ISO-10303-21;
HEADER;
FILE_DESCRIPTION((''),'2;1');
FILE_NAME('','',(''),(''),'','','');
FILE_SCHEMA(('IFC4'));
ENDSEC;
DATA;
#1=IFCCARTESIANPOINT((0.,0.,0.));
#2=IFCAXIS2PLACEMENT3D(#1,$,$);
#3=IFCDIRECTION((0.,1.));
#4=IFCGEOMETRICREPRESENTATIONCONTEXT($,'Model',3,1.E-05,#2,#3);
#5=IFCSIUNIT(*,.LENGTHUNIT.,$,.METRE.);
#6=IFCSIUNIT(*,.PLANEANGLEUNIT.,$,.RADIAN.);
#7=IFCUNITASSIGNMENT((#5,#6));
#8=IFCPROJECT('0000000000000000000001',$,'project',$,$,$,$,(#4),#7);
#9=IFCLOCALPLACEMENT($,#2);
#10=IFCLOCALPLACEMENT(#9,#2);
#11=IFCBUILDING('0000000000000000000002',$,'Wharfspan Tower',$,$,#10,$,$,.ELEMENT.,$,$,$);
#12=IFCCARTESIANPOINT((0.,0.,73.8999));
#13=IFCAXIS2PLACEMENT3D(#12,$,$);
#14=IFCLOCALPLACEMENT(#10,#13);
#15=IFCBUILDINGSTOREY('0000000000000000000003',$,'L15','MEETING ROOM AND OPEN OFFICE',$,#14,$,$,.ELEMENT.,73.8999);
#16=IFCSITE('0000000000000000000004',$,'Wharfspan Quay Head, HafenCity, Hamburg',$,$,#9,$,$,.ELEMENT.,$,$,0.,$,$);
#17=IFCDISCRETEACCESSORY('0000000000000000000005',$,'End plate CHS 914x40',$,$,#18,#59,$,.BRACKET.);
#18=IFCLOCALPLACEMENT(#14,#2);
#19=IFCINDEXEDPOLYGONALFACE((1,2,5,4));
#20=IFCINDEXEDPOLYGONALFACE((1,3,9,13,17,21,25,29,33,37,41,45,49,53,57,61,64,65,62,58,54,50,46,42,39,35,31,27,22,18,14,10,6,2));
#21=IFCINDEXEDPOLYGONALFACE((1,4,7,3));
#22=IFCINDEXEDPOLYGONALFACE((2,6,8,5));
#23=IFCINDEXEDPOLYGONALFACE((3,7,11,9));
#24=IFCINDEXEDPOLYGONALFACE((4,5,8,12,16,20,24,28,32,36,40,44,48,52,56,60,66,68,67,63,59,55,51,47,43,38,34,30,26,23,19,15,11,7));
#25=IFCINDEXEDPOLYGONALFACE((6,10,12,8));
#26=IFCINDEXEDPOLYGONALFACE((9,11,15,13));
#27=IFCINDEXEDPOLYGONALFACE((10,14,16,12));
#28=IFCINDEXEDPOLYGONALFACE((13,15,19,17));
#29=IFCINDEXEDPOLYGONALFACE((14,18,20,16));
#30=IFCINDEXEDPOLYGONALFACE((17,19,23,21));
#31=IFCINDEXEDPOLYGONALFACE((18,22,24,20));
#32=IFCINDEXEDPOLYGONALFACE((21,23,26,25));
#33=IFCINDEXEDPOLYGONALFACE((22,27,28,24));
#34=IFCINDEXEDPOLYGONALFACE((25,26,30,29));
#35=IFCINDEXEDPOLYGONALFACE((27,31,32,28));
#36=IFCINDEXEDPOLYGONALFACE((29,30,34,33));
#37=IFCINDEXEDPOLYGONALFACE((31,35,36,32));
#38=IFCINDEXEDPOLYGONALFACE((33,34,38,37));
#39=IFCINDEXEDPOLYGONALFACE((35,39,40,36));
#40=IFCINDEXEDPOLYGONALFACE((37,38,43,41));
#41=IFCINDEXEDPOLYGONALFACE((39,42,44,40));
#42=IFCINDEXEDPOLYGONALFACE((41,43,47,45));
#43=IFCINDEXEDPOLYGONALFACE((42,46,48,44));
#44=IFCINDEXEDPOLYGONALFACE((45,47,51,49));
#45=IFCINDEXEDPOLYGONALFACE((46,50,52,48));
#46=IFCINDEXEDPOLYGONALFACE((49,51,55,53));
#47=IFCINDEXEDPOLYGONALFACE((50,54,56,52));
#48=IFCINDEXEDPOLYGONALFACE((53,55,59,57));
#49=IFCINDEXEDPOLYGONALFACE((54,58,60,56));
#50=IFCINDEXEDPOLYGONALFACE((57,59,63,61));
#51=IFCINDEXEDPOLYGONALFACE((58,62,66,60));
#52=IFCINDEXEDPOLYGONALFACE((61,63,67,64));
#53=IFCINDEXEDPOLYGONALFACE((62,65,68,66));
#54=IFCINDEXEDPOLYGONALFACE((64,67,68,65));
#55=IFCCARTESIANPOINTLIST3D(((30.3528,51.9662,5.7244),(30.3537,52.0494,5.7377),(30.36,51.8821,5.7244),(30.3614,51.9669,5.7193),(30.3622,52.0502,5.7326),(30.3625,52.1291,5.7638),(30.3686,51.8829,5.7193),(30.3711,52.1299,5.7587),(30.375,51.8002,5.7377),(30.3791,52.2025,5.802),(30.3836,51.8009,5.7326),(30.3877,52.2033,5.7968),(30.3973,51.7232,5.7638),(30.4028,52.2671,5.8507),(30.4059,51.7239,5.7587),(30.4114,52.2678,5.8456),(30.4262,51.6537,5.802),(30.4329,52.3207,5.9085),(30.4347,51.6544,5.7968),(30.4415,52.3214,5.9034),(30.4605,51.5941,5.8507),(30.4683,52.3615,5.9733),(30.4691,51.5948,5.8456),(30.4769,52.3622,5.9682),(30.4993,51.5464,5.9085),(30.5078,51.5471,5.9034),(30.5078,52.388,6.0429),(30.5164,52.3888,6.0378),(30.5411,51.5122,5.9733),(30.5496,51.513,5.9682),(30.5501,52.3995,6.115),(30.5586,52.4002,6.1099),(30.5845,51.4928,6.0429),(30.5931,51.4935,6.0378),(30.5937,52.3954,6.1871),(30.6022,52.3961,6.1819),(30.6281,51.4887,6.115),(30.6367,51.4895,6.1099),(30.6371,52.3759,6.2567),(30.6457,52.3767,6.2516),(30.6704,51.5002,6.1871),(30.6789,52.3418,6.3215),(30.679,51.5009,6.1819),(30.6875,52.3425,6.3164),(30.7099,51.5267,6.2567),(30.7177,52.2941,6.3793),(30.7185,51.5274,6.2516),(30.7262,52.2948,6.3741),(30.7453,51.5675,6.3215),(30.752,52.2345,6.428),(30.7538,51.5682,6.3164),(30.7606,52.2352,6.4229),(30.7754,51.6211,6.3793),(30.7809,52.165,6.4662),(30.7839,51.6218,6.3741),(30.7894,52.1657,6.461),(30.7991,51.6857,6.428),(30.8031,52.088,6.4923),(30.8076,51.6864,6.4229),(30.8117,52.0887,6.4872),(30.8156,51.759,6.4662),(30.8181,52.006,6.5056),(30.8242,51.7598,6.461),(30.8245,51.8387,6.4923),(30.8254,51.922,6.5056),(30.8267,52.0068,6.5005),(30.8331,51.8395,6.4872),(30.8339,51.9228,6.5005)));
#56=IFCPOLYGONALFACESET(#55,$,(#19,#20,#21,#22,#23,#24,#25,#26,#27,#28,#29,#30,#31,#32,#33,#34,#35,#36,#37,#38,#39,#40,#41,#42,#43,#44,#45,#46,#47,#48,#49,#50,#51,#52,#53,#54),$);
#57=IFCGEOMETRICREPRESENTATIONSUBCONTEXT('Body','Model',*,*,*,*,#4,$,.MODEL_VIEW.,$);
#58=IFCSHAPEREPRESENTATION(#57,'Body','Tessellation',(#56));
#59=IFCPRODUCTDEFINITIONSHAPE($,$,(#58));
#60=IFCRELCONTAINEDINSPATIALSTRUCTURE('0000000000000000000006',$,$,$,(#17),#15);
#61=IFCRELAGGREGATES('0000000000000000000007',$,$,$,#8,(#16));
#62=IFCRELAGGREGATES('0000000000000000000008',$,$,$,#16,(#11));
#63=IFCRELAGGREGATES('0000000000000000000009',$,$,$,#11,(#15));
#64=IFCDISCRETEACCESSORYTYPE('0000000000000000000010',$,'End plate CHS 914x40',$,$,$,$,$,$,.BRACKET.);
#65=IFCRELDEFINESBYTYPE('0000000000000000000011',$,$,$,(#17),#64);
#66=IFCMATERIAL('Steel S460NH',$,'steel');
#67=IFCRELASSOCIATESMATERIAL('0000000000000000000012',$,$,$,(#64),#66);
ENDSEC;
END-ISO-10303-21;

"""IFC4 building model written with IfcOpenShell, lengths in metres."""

from ifc_helpers import new_model, si_unit, direction, frame, origin, origin_2d, place, context, subcontext, project, spatial, circle, extrude, material, material_profile, profile_set, type_object, element, save


model = new_model("IFC4")

# Units and contexts
model_context = context("Model", 3, precision=1e-05, world=origin(), true_north=direction((0.0, 1.0)))
body_context = subcontext(model_context, "Body", "Model", "MODEL_VIEW")
ifc_project = project(units=[si_unit("LENGTHUNIT", "METRE"), si_unit("PLANEANGLEUNIT", "RADIAN")], contexts=[model_context])

# Site, building, storey
site_placement = place(None, origin())
site = spatial("IfcSite", under=ifc_project, at=site_placement, Name="Wharfspan Quay Head, HafenCity, Hamburg", CompositionType="ELEMENT", RefElevation=0.0)
building_placement = place(site_placement, origin())
building = spatial("IfcBuilding", under=site, at=building_placement, Name="Wharfspan Tower", CompositionType="ELEMENT")
storey_placement = place(building_placement, frame((0.0, 0.0, 73.8999)))
storey = spatial("IfcBuildingStorey", under=building, at=storey_placement, Name="L15", Description="MEETING ROOM AND OPEN OFFICE", CompositionType="ELEMENT", Elevation=73.8999)

# Shared definitions
ifc_material_1 = material(Name="Steel S460NH", Category="steel")

# Discrete accessory
ifc_material_profile_1 = material_profile(ifc_material_1, circle(Radius=0.457, at=origin_2d()))
ifc_profile_set_1 = profile_set([ifc_material_profile_1], Name="Steel S460NH")
discrete_accessory_type = type_object("IfcDiscreteAccessoryType", Name="End plate CHS 914x40", PredefinedType="BRACKET", material=ifc_profile_set_1)
for number, where, z_axis, x_axis, name in (
    (1, (30.5977, 51.9448, 6.1099), (-0.855186, -0.073302, 0.513112), (0.085402, -0.996345, 0.000001), "End plate CHS 914x40"),
):
    element("IfcDiscreteAccessory", number, at=place(storey_placement, frame(where, z_axis=z_axis, x_axis=x_axis)), inside=storey, type_object=discrete_accessory_type, Name=name, PredefinedType="BRACKET", context=body_context, shape_type="SweptSolid", body=[
        extrude(circle(Radius=0.457, at=origin_2d()), origin(), (0.0, 0.0, 1.0), 0.01),
    ])

save(model, "model.ifc")
